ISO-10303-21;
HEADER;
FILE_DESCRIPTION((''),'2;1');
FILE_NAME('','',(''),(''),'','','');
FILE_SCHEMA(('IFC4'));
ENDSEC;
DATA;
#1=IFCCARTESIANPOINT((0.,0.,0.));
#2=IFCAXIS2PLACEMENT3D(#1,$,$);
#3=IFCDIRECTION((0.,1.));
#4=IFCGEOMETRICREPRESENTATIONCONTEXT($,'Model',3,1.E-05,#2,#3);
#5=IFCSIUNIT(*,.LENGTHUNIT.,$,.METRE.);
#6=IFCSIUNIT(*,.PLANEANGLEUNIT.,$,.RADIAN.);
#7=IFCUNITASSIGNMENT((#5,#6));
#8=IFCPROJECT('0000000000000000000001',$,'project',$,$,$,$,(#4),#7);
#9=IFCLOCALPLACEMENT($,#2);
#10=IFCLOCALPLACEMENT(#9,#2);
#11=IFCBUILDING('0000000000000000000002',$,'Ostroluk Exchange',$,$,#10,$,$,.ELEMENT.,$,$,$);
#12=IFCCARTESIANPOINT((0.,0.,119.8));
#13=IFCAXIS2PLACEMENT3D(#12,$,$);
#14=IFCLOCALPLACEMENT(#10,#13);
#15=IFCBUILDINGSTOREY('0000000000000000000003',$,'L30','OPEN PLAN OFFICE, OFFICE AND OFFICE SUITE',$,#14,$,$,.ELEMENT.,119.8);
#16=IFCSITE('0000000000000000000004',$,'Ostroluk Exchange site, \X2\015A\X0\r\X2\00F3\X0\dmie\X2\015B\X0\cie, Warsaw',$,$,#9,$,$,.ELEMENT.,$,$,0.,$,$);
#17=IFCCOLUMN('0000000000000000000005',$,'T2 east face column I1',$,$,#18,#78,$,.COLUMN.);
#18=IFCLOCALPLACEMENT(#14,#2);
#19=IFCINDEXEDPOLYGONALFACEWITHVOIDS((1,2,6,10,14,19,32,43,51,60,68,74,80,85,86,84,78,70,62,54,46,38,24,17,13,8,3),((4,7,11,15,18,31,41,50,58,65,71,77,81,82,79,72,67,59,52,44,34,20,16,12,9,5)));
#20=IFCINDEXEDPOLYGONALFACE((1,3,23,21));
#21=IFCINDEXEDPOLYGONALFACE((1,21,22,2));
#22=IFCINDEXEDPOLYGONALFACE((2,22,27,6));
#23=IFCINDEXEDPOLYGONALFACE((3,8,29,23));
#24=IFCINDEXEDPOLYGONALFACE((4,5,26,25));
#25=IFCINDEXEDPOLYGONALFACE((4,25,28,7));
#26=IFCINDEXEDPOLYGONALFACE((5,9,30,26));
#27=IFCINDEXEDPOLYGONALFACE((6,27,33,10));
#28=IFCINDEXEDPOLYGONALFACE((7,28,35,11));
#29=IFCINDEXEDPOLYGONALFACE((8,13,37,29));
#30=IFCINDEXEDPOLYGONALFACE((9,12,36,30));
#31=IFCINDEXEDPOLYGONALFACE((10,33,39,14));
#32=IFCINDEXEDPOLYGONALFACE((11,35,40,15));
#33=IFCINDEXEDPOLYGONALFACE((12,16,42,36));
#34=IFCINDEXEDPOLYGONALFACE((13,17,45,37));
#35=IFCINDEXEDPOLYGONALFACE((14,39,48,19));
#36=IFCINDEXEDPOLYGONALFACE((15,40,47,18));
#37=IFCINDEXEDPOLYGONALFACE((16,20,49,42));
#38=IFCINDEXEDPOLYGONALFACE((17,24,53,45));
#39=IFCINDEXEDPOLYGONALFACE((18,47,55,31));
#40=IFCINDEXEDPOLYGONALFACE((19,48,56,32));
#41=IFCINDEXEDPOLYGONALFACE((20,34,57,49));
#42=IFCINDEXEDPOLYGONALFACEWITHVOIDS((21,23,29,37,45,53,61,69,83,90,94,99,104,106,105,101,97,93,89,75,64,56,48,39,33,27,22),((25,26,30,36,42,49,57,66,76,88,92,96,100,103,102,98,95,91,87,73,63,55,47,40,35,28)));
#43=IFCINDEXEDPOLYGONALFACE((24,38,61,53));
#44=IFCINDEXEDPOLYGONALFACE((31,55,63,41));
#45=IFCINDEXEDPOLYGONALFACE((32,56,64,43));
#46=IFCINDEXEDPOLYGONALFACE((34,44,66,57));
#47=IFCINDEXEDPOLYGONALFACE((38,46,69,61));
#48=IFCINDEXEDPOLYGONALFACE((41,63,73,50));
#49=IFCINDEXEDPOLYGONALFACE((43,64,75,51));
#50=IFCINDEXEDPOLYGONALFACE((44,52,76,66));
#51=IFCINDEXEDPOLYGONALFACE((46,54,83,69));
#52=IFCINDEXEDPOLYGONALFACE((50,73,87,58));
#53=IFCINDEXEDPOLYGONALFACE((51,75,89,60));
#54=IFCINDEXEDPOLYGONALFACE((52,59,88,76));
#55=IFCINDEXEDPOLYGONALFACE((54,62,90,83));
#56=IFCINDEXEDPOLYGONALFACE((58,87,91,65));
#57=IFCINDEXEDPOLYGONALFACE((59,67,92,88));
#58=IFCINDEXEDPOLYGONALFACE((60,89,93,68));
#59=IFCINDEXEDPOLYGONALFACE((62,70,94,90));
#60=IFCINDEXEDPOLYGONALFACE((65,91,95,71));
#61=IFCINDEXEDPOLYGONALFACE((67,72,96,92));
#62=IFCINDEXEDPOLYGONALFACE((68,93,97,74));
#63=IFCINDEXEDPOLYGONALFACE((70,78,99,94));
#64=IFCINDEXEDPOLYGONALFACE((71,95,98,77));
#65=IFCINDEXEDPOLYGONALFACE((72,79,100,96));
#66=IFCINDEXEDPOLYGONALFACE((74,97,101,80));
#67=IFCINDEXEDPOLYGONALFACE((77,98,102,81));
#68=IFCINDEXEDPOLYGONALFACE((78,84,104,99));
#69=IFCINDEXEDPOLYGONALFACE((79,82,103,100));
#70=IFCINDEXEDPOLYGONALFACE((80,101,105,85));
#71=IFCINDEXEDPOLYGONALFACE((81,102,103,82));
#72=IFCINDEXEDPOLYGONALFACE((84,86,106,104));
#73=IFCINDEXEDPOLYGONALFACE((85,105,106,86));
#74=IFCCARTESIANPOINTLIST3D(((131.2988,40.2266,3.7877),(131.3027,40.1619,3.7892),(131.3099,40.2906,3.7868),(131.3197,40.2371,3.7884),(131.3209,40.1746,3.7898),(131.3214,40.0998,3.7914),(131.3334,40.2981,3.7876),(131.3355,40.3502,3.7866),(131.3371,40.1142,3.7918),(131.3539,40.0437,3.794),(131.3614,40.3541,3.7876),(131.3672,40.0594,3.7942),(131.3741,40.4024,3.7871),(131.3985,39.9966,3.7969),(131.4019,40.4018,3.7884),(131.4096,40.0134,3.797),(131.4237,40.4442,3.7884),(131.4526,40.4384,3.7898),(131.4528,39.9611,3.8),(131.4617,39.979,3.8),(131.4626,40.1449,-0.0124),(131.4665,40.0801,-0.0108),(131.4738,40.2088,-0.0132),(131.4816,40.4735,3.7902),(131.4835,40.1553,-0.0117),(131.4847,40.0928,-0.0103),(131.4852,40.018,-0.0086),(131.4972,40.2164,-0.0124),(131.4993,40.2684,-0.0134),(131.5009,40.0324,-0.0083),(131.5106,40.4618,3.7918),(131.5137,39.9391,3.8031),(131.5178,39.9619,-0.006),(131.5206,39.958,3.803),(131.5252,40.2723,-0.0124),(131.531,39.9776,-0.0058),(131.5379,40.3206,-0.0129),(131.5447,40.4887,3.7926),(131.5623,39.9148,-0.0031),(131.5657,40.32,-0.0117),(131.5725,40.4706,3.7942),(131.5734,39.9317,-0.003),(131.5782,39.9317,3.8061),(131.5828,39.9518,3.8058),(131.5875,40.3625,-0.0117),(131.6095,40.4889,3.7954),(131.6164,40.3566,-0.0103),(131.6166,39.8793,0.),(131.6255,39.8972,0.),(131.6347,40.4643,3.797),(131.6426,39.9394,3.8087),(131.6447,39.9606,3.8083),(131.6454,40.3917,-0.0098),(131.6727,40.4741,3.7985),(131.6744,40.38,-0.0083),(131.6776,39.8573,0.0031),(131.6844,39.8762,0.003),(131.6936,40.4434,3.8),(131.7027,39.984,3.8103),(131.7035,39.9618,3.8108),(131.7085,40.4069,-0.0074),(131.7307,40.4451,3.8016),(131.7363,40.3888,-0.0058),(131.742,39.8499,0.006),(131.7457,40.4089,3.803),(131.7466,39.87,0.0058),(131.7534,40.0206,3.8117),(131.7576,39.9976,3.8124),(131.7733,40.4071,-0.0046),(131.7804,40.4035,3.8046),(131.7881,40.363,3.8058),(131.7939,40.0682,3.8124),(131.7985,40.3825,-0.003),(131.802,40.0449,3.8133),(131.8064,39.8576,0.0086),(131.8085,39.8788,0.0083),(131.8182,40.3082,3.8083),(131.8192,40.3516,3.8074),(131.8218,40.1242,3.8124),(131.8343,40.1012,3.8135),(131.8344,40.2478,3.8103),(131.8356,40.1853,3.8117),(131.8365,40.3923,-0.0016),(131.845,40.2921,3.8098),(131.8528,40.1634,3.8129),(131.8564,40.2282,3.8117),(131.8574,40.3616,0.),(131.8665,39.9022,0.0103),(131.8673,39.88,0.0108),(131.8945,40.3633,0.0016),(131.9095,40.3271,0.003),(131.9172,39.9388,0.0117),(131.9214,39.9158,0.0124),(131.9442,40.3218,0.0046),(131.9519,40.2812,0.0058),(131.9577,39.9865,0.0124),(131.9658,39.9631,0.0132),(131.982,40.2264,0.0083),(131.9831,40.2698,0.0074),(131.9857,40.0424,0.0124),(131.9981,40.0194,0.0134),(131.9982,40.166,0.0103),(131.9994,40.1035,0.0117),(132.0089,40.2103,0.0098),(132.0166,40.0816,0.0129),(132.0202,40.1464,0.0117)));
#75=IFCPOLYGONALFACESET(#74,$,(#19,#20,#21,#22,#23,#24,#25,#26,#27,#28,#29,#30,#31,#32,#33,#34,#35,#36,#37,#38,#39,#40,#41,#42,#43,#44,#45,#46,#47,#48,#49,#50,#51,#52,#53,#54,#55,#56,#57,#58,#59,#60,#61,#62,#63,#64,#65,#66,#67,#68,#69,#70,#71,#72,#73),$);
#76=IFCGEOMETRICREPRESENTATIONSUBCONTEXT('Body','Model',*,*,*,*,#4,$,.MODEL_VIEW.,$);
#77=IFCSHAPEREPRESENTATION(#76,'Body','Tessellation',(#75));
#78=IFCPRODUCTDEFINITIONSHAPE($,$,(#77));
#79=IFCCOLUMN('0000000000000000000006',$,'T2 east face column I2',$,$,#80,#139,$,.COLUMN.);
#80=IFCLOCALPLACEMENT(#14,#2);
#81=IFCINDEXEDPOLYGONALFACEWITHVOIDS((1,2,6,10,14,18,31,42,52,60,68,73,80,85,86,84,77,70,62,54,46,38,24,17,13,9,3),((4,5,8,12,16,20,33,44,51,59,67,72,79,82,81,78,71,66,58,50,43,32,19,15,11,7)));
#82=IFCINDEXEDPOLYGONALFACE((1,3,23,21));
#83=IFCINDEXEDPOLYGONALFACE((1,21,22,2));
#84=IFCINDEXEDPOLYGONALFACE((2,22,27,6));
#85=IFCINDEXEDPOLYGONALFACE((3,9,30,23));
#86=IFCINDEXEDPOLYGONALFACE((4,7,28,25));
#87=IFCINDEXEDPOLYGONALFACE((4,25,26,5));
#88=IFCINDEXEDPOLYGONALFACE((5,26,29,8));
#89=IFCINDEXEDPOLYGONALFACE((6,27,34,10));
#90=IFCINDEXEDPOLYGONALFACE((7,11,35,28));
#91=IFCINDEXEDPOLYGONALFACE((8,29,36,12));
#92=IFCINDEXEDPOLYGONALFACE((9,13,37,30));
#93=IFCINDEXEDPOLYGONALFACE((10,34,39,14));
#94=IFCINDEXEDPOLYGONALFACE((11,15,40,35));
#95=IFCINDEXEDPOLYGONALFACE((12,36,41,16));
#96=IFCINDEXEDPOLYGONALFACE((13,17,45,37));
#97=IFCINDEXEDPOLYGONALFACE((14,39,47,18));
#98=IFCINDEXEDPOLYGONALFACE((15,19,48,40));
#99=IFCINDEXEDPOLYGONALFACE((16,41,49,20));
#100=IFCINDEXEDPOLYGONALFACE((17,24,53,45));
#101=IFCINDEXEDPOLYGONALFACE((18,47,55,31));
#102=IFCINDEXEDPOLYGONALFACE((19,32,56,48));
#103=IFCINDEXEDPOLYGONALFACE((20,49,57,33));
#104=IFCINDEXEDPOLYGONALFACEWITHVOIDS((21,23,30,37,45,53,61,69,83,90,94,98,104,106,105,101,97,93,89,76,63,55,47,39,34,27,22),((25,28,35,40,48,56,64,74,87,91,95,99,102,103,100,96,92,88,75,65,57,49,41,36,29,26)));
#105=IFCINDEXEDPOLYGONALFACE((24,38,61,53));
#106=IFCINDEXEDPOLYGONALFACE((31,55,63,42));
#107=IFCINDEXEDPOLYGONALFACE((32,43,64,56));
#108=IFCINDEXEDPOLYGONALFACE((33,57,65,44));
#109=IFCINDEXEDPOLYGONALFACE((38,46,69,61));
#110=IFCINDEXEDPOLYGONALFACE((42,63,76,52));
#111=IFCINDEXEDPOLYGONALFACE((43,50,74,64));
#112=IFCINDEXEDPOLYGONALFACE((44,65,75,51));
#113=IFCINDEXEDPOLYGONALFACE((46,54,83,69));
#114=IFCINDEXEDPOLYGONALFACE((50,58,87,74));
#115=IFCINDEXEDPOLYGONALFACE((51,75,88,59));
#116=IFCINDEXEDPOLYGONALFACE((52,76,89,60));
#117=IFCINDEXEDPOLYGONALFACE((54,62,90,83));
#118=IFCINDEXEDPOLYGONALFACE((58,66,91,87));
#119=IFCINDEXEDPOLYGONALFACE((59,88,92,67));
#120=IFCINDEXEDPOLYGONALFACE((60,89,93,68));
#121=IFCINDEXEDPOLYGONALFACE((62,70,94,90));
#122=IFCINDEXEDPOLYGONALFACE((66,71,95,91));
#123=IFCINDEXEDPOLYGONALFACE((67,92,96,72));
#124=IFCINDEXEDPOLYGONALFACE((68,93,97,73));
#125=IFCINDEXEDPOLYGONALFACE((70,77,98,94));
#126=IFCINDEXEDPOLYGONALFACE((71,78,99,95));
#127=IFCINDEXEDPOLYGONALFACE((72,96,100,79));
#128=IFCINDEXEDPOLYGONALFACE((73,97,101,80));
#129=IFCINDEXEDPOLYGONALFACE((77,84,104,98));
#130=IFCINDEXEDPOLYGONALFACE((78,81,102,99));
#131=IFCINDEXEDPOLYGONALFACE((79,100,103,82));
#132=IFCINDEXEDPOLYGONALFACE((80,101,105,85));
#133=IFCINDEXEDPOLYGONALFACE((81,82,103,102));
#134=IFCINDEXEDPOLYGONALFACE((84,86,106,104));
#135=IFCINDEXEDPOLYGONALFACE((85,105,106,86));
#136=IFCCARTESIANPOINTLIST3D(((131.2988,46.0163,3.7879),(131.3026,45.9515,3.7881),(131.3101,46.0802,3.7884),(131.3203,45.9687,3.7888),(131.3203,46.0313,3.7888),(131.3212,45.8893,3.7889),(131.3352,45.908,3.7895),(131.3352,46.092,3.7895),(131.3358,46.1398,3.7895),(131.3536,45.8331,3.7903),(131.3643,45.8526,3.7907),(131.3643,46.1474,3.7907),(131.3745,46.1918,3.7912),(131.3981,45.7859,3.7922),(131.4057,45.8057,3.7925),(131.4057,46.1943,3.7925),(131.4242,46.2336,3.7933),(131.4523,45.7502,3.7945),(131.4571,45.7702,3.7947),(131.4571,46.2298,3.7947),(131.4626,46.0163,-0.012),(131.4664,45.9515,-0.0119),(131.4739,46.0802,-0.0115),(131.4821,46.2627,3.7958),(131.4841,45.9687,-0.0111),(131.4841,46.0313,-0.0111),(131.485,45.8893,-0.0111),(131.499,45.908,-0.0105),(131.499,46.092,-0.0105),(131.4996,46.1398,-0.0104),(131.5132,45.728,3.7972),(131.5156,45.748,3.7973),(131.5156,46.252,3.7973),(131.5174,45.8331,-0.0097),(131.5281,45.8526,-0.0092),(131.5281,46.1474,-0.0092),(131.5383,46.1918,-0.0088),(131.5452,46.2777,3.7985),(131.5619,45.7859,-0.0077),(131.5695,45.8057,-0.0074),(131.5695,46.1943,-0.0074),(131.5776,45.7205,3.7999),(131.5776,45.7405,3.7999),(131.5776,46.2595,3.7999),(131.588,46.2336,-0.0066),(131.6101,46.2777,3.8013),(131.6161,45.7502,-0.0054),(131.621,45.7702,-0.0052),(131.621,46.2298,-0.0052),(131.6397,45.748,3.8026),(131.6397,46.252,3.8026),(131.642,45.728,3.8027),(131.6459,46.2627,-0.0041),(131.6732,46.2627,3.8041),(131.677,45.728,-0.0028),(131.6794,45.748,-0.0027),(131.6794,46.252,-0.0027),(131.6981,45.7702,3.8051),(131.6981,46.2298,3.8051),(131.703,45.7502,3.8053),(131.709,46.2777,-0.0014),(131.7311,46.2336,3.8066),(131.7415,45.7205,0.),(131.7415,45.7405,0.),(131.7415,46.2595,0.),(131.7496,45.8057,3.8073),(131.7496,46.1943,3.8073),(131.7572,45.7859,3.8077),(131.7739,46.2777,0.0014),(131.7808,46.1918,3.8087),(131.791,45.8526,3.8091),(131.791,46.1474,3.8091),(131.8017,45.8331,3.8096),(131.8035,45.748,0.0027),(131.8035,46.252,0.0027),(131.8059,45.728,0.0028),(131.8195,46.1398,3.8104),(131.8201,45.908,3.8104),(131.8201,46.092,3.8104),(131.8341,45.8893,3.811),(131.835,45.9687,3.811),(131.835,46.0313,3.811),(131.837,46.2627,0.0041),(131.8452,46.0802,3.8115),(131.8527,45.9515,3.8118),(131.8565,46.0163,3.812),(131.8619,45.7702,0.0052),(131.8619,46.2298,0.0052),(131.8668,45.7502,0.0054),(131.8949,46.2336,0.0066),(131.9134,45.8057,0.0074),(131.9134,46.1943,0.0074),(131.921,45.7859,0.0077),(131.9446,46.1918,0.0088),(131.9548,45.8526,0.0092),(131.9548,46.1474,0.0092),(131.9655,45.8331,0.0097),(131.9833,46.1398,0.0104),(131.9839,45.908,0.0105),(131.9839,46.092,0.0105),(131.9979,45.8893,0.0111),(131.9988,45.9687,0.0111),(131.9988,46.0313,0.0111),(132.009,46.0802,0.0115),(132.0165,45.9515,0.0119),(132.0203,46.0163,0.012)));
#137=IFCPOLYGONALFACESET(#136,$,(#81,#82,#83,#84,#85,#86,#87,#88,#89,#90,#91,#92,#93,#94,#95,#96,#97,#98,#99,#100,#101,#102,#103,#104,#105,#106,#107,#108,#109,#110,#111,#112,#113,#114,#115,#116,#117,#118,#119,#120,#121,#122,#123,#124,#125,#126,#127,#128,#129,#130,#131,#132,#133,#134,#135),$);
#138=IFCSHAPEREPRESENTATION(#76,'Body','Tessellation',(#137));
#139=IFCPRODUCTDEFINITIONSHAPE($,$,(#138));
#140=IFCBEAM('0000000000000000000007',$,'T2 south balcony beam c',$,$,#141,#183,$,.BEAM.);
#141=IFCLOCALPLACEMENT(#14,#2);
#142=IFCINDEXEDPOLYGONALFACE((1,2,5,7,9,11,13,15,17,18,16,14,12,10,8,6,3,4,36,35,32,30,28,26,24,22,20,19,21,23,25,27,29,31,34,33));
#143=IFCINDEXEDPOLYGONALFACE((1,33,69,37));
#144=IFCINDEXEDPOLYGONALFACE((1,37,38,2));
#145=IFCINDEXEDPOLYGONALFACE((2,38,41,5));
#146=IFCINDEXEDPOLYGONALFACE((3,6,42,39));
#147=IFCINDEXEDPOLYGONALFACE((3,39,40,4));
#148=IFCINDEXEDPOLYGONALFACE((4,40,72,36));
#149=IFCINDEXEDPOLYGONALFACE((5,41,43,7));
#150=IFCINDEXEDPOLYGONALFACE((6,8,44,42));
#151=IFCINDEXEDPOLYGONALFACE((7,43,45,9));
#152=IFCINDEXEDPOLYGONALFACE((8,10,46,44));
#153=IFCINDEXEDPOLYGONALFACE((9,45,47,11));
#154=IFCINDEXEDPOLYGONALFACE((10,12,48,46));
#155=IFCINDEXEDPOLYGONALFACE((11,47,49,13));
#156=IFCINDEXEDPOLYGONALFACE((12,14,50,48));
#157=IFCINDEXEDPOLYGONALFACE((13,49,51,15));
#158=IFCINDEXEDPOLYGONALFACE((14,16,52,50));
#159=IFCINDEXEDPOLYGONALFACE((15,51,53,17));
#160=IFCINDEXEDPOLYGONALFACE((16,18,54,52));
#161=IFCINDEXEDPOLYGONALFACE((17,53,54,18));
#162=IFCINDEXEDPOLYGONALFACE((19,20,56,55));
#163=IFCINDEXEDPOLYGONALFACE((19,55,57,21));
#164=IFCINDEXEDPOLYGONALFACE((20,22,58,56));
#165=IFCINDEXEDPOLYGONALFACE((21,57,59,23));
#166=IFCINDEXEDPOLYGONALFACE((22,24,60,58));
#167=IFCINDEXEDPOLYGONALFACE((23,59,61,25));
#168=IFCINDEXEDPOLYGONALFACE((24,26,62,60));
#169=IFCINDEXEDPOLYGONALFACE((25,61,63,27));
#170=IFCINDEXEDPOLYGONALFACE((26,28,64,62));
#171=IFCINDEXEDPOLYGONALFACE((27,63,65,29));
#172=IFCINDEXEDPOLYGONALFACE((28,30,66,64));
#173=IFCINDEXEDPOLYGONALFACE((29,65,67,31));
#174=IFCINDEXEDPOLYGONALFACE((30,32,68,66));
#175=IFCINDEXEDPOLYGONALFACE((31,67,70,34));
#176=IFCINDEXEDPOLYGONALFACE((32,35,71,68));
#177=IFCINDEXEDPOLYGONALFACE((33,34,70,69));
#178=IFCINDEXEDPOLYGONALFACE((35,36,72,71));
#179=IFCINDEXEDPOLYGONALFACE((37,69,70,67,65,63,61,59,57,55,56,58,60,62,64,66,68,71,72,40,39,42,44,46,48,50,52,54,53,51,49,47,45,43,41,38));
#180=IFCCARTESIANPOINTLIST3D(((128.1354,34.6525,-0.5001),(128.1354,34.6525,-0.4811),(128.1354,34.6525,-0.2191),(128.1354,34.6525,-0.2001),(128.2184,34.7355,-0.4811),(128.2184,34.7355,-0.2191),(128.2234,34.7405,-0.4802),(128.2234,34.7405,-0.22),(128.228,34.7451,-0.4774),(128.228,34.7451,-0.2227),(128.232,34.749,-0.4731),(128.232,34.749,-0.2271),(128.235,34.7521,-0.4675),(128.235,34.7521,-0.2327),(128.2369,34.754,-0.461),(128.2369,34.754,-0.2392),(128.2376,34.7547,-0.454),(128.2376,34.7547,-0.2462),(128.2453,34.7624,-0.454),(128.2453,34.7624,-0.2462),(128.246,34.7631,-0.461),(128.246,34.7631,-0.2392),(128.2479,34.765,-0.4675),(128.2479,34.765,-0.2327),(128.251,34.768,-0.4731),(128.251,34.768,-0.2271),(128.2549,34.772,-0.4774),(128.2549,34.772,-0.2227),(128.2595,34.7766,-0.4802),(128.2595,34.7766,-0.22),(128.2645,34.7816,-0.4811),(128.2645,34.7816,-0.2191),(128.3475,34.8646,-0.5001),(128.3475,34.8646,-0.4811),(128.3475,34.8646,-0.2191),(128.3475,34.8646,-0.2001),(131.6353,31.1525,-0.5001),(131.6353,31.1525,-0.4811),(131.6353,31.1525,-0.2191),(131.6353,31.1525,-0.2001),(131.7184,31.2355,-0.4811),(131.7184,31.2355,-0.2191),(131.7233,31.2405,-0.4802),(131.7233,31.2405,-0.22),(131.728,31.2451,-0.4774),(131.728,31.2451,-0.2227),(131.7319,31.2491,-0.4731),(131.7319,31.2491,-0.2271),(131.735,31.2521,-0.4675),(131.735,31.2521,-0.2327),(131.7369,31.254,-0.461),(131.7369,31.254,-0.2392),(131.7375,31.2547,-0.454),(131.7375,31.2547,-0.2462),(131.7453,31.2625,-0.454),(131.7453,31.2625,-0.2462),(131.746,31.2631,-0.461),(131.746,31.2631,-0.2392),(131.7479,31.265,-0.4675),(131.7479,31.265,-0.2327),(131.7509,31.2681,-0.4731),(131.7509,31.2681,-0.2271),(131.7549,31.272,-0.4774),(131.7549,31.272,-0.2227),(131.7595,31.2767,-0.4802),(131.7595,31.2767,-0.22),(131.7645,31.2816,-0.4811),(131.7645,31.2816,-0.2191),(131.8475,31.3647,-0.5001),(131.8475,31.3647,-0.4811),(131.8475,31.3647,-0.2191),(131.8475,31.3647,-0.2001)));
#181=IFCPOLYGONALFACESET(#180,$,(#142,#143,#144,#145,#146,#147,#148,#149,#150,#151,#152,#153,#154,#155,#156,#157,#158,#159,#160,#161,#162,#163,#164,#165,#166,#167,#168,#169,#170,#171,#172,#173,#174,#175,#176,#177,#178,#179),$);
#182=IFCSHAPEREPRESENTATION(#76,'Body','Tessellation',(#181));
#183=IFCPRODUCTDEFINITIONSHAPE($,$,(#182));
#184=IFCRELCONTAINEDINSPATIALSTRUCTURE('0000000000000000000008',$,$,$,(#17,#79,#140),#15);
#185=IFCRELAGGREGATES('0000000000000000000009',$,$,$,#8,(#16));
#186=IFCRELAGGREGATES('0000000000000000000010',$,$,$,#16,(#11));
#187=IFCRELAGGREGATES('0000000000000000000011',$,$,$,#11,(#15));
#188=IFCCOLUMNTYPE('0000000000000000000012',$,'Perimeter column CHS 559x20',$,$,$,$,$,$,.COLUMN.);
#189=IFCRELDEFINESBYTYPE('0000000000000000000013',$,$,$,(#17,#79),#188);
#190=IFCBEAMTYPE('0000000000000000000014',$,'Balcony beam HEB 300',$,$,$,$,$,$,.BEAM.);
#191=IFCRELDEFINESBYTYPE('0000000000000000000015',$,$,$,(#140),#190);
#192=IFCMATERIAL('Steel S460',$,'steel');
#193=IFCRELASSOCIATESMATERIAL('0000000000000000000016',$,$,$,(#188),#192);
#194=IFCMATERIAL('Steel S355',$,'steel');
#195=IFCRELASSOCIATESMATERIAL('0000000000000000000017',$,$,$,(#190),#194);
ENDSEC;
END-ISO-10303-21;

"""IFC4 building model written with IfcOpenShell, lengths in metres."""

from ifc_helpers import new_model, si_unit, direction, frame, origin, origin_2d, place, context, subcontext, project, spatial, hollow_circle, i_section, extrude, material, material_profile, profile_set, type_object, element, save


model = new_model("IFC4")

# Units and contexts
model_context = context("Model", 3, precision=1e-05, world=origin(), true_north=direction((0.0, 1.0)))
body_context = subcontext(model_context, "Body", "Model", "MODEL_VIEW")
ifc_project = project(units=[si_unit("LENGTHUNIT", "METRE"), si_unit("PLANEANGLEUNIT", "RADIAN")], contexts=[model_context])

# Site, building, storey
site_placement = place(None, origin())
site = spatial("IfcSite", under=ifc_project, at=site_placement, Name="Ostroluk Exchange site, Śródmieście, Warsaw", CompositionType="ELEMENT", RefElevation=0.0)
building_placement = place(site_placement, origin())
building = spatial("IfcBuilding", under=site, at=building_placement, Name="Ostroluk Exchange", CompositionType="ELEMENT")
storey_placement = place(building_placement, frame((0.0, 0.0, 119.8)))
storey = spatial("IfcBuildingStorey", under=building, at=storey_placement, Name="L30", Description="OPEN PLAN OFFICE, OFFICE AND OFFICE SUITE", CompositionType="ELEMENT", Elevation=119.8)

# Columns
ifc_material_1 = material(Name="Steel S460", Category="steel")
ifc_material_profile_1 = material_profile(ifc_material_1, hollow_circle(Radius=0.2795, WallThickness=0.02, at=origin_2d()), Name="CHS 559x20")
ifc_profile_set_1 = profile_set([ifc_material_profile_1], Name="Steel S460")
column_type = type_object("IfcColumnType", Name="Perimeter column CHS 559x20", PredefinedType="COLUMN", material=ifc_profile_set_1)
column_1_placement = place(storey_placement, frame((131.7415, 40.1294, 0.0), z_axis=(-0.04306, 0.021498, 0.998841), x_axis=(-0.44668, -0.894694, 0.0)))
element("IfcColumn", 1, at=column_1_placement, inside=storey, type_object=column_type, Name="T2 east face column I1", PredefinedType="COLUMN", context=body_context, shape_type="SweptSolid", body=[
    extrude(hollow_circle(Radius=0.2795, WallThickness=0.02, at=origin_2d()), origin(), (0.0, 0.0, 1.0), 3.8044),
])
column_2_placement = place(storey_placement, frame((131.7415, 46.0, 0.0), z_axis=(-0.04307, 0.0, 0.999072), x_axis=(0.0, -1.0, 0.0)))
element("IfcColumn", 2, at=column_2_placement, inside=storey, type_object=column_type, Name="T2 east face column I2", PredefinedType="COLUMN", context=body_context, shape_type="SweptSolid", body=[
    extrude(hollow_circle(Radius=0.2795, WallThickness=0.02, at=origin_2d()), origin(), (0.0, 0.0, 1.0), 3.8035),
])

# Beam
ifc_material_2 = material(Name="Steel S355", Category="steel")
ifc_material_profile_2 = material_profile(ifc_material_2, i_section(OverallWidth=0.3, OverallDepth=0.3, WebThickness=0.011, FlangeThickness=0.019, FilletRadius=0.0271, at=origin_2d()), Name="HEB 300")
ifc_profile_set_2 = profile_set([ifc_material_profile_2], Name="Steel S355")
beam_type_1 = type_object("IfcBeamType", Name="Balcony beam HEB 300", PredefinedType="BEAM", material=ifc_profile_set_2)
beam_1_placement = place(storey_placement, frame((128.2415, 34.7585, -0.3501), z_axis=(0.707107, -0.707107, 0.0), x_axis=(0.707107, 0.707107, 0.0)))
element("IfcBeam", 3, at=beam_1_placement, inside=storey, type_object=beam_type_1, Name="T2 south balcony beam c", PredefinedType="BEAM", context=body_context, shape_type="SweptSolid", body=[
    extrude(i_section(OverallWidth=0.3, OverallDepth=0.3, WebThickness=0.011, FlangeThickness=0.019, FilletRadius=0.0271, at=origin_2d()), origin(), (0.0, 0.0, 1.0), 4.9497),
])

save(model, "model.ifc")
